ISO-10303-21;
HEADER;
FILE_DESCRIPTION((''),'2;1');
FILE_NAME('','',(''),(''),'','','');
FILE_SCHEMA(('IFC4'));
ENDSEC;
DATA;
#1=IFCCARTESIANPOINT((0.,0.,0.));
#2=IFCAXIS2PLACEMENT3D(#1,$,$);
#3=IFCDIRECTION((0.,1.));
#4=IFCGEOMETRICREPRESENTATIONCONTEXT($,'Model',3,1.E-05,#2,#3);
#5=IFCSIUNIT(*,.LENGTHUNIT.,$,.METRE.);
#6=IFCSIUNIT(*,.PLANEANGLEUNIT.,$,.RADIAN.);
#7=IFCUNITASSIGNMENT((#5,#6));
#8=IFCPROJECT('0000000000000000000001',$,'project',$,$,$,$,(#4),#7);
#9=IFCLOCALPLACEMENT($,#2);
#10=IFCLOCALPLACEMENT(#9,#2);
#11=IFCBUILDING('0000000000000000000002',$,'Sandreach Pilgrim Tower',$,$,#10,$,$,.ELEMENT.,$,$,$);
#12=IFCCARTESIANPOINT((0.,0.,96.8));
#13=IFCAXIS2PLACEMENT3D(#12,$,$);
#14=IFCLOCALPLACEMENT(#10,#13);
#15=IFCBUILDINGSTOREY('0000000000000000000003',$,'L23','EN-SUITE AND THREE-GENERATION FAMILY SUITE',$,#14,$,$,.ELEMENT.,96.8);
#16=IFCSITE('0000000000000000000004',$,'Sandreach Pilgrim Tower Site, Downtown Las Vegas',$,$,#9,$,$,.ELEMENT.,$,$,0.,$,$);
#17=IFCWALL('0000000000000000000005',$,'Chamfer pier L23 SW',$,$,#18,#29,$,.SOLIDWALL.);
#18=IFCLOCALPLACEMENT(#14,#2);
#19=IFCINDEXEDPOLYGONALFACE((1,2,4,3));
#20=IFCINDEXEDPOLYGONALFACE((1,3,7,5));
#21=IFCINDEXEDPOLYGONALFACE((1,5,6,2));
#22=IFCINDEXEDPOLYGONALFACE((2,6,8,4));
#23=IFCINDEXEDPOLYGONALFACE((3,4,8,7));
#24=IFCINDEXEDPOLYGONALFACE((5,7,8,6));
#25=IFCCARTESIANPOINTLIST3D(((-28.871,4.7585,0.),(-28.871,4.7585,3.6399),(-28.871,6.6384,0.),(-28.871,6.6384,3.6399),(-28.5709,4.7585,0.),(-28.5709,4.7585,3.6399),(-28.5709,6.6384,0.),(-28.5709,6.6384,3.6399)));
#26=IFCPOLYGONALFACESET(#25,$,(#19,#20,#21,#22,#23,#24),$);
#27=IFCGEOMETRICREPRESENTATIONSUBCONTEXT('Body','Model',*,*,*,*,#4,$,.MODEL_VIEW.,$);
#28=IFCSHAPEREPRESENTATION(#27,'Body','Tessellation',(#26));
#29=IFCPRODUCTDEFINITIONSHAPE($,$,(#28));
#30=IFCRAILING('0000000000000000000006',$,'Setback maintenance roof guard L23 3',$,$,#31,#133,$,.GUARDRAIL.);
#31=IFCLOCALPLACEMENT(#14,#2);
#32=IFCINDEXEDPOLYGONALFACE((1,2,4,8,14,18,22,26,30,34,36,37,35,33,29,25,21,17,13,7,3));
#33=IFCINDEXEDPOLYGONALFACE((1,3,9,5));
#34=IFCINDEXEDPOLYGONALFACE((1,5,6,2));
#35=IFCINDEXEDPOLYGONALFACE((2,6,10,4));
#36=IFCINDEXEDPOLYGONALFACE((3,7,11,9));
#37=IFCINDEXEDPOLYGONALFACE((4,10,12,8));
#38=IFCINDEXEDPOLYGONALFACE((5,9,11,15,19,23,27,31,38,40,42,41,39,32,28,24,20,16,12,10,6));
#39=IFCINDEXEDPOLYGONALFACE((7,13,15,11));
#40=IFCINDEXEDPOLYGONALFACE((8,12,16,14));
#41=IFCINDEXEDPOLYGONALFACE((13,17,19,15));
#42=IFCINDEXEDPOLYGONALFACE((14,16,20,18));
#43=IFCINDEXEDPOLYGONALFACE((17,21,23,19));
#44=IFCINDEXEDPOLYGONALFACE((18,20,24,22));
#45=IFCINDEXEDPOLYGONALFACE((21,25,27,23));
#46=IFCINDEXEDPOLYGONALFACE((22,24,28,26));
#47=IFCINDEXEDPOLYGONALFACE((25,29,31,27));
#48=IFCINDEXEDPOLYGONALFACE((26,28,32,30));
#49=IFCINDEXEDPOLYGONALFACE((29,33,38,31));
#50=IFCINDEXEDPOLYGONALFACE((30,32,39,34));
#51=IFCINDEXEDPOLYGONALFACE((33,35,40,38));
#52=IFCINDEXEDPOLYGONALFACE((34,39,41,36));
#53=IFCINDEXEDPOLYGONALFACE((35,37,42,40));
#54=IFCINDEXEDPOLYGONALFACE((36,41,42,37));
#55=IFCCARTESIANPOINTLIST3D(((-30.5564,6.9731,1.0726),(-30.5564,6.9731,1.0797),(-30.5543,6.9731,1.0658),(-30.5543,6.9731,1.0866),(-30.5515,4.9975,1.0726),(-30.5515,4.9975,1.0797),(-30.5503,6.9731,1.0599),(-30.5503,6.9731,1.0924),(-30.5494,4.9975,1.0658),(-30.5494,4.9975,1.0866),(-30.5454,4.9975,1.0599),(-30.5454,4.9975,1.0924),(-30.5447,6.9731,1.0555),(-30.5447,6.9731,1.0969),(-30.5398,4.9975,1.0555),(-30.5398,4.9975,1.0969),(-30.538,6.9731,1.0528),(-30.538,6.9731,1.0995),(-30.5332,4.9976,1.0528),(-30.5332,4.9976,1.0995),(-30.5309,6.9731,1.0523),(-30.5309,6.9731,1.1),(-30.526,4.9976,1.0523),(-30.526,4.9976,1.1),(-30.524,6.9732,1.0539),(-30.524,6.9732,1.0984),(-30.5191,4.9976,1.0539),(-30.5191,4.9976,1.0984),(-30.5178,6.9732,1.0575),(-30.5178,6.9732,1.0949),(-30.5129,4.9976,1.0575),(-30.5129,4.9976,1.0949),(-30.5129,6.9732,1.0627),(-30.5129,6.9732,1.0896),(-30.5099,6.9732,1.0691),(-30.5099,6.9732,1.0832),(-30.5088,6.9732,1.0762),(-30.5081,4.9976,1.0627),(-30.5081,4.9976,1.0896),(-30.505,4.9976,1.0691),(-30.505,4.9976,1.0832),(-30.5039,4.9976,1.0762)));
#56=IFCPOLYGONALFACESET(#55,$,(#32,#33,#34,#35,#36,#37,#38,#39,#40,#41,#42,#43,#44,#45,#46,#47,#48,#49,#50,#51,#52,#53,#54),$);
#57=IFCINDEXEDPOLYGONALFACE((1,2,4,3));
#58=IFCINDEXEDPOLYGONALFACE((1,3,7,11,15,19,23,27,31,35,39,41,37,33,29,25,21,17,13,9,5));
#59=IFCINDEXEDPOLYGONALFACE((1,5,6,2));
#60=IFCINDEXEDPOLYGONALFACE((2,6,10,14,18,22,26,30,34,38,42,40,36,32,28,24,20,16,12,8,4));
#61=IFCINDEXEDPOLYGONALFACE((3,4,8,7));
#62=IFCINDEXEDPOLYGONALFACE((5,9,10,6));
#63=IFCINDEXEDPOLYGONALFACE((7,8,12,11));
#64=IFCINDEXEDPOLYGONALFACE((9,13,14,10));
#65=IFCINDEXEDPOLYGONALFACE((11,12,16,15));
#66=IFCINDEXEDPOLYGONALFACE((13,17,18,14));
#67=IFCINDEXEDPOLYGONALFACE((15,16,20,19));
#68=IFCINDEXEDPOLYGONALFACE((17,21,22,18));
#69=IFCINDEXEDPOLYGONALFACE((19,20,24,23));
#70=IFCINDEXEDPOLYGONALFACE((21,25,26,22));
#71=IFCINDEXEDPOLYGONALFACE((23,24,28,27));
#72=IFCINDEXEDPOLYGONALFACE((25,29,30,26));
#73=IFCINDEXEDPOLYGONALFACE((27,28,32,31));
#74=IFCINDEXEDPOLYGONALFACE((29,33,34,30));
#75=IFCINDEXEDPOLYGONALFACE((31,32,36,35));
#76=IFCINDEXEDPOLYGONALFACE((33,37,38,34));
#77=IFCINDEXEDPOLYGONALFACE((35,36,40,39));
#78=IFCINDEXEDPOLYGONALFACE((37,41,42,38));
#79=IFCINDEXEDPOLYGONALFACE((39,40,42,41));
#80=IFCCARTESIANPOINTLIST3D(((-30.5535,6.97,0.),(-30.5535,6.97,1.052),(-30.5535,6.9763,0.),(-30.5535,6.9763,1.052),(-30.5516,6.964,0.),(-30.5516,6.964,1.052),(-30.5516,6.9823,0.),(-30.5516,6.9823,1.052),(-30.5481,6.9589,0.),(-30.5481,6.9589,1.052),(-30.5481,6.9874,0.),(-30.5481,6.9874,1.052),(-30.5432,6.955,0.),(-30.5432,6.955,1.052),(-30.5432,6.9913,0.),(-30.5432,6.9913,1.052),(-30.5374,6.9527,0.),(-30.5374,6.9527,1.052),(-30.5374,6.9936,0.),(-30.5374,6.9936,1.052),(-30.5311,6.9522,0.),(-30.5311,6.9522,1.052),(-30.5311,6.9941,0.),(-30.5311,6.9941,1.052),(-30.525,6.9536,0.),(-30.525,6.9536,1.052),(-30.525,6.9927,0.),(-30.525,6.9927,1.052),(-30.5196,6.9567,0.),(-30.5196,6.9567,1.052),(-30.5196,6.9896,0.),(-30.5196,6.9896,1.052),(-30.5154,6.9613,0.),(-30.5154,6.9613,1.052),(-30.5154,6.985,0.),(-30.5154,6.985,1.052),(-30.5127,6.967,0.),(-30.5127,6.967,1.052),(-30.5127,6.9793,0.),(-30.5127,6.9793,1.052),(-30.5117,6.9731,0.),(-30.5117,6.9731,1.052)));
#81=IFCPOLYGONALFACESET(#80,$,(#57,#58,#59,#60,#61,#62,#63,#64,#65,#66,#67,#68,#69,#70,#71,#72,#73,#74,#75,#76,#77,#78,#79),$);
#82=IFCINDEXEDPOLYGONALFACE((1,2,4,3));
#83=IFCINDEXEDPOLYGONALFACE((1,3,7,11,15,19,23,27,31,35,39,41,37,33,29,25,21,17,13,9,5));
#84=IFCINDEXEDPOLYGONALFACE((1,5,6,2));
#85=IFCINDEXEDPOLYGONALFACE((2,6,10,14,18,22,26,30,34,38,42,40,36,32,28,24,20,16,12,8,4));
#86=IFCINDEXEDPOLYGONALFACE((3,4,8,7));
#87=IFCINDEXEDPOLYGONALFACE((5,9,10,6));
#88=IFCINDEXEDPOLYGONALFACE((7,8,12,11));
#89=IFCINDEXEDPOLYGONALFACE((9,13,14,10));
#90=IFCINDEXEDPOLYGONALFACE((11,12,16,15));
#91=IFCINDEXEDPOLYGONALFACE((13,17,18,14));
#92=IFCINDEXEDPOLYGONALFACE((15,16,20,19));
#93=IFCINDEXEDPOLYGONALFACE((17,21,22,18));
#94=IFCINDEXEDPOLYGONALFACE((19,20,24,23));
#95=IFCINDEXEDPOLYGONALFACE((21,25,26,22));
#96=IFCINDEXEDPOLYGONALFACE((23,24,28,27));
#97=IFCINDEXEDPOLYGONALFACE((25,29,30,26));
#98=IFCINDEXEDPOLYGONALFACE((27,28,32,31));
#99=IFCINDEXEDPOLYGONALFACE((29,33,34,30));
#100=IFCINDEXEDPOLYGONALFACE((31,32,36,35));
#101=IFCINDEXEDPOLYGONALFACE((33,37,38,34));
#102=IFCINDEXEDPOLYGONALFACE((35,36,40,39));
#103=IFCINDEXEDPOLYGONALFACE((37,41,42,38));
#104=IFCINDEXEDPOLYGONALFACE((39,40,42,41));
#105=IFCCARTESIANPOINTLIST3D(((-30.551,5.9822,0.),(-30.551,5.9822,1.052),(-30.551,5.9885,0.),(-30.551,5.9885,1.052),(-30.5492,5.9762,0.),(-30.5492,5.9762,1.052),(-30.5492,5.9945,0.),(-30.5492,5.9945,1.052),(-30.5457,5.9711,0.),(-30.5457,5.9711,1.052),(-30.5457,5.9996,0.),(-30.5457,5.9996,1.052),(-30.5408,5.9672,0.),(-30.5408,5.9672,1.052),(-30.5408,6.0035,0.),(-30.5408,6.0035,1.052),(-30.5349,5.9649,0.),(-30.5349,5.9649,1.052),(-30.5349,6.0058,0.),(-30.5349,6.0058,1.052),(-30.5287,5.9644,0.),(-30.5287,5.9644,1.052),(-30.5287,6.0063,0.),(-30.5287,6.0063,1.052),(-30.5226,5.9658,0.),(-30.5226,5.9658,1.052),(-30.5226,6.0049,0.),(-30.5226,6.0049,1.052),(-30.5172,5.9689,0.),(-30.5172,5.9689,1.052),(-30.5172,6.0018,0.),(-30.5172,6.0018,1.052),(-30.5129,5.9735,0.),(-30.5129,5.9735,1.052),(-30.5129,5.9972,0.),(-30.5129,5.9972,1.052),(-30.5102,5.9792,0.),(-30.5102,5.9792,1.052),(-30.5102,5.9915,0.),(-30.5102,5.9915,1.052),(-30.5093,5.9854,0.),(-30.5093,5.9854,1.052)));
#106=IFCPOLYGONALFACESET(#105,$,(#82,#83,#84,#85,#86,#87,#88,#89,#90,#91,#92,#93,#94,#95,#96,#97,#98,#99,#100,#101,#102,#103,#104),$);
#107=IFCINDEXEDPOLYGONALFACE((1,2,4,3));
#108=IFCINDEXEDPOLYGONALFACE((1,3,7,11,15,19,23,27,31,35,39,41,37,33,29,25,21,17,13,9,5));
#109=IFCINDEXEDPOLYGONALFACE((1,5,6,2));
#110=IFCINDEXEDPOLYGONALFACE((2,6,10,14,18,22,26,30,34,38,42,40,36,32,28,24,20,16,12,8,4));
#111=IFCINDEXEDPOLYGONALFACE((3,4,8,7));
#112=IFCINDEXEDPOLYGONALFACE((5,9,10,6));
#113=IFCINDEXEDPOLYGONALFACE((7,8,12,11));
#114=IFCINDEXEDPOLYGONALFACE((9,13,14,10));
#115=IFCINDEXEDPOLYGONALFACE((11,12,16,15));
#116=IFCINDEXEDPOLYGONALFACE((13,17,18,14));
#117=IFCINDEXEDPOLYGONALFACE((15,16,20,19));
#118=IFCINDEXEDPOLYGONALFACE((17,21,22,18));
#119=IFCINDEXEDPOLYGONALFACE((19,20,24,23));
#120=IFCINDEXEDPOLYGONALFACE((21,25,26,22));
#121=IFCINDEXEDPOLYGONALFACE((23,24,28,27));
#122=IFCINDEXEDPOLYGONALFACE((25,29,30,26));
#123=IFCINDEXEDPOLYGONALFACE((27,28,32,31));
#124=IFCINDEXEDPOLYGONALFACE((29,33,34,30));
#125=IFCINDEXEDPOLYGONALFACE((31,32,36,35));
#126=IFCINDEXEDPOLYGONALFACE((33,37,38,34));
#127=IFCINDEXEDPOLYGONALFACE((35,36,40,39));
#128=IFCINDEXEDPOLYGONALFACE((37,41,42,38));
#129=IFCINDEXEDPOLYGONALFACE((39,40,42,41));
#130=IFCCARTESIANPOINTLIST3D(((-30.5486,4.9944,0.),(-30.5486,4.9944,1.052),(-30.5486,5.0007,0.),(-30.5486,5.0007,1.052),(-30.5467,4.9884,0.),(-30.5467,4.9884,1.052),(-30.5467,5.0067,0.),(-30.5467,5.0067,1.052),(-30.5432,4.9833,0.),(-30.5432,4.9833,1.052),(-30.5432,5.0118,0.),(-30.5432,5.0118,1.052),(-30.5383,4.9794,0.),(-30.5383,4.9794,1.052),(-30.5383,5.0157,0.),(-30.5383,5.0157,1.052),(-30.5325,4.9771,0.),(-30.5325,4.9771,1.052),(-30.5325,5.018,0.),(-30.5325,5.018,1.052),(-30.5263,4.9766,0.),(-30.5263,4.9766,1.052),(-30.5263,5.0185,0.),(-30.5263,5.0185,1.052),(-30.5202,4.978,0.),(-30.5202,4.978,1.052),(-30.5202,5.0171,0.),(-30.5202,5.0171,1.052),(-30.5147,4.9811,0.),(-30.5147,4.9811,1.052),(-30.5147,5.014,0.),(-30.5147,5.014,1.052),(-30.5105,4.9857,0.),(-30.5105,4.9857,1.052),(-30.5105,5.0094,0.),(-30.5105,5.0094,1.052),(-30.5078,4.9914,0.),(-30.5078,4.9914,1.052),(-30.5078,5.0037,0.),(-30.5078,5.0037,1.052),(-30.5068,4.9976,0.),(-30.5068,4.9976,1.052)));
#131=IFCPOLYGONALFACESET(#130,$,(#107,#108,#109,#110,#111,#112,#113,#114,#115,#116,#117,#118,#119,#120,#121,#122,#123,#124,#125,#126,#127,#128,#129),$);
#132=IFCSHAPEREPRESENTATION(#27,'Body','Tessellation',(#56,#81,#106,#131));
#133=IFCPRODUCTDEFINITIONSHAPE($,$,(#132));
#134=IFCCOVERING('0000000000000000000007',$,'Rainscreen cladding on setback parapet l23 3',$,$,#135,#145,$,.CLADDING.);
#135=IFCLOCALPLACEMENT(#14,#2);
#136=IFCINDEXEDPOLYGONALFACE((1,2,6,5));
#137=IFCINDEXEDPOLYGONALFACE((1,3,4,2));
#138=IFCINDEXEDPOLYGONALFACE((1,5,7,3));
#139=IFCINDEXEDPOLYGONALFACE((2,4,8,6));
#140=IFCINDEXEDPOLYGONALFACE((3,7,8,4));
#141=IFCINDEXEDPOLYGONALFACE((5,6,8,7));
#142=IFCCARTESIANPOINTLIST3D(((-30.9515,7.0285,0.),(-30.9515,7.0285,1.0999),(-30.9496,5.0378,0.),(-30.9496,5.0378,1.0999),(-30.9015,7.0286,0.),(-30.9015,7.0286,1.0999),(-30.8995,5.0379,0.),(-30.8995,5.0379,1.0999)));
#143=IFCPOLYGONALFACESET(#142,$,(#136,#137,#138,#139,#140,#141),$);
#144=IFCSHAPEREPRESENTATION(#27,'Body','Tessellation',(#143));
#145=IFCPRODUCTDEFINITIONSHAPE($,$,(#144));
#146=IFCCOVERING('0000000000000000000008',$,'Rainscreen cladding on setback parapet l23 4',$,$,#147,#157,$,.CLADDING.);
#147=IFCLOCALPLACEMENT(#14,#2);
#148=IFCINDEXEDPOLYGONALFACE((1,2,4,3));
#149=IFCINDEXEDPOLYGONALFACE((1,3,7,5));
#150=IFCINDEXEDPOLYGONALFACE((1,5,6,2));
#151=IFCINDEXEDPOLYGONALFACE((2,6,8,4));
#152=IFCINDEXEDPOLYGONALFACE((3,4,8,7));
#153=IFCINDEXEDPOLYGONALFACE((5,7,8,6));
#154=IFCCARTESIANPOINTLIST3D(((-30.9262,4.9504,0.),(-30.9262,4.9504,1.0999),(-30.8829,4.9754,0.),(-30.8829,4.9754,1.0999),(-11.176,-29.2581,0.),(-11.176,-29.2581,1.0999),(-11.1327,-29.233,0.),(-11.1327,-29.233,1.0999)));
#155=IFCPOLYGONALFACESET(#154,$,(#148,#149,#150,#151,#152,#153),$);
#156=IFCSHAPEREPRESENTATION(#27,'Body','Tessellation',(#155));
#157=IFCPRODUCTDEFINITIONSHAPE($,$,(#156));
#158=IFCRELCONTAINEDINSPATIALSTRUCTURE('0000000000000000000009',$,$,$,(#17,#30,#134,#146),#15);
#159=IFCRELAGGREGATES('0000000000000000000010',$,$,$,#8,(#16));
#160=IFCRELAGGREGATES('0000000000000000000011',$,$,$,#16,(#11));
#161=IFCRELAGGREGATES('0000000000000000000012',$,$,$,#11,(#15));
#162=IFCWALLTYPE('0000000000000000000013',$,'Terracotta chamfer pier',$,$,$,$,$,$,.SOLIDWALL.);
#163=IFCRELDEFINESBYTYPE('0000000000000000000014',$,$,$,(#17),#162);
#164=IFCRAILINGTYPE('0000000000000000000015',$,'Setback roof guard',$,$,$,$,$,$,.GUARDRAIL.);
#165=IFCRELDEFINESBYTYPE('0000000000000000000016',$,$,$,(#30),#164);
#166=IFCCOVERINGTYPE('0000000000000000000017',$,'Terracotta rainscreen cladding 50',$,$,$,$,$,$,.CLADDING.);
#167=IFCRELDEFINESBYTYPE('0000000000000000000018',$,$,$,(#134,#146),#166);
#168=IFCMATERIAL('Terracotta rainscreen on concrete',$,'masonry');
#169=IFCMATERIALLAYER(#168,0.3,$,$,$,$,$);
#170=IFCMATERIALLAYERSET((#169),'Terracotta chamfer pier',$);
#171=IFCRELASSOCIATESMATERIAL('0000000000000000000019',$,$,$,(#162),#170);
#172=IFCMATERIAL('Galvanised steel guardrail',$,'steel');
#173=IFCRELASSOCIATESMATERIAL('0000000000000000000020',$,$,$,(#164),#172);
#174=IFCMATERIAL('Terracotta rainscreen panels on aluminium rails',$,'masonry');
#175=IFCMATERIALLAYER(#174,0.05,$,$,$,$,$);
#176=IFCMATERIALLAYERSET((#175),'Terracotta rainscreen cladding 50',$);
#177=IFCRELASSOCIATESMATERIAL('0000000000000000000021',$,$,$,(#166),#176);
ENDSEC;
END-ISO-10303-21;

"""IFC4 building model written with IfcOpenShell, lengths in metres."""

from ifc_helpers import new_model, si_unit, direction, frame, frame_2d, origin, origin_2d, place, context, subcontext, project, spatial, rectangle, circle, extrude, material, layer, layer_set, type_object, element, save


model = new_model("IFC4")

# Units and contexts
model_context = context("Model", 3, precision=1e-05, world=origin(), true_north=direction((0.0, 1.0)))
body_context = subcontext(model_context, "Body", "Model", "MODEL_VIEW")
ifc_project = project(units=[si_unit("LENGTHUNIT", "METRE"), si_unit("PLANEANGLEUNIT", "RADIAN")], contexts=[model_context])

# Site, building, storey
site_placement = place(None, origin())
site = spatial("IfcSite", under=ifc_project, at=site_placement, Name="Sandreach Pilgrim Tower Site, Downtown Las Vegas", CompositionType="ELEMENT", RefElevation=0.0)
building_placement = place(site_placement, origin())
building = spatial("IfcBuilding", under=site, at=building_placement, Name="Sandreach Pilgrim Tower", CompositionType="ELEMENT")
storey_placement = place(building_placement, frame((0.0, 0.0, 96.8)))
storey = spatial("IfcBuildingStorey", under=building, at=storey_placement, Name="L23", Description="EN-SUITE AND THREE-GENERATION FAMILY SUITE", CompositionType="ELEMENT", Elevation=96.8)

# Wall
ifc_material_1 = material(Name="Terracotta rainscreen on concrete", Category="masonry")
ifc_layer_1 = layer(ifc_material_1, 0.3)
ifc_layer_set_1 = layer_set([ifc_layer_1], Name="Terracotta chamfer pier")
wall_type_1 = type_object("IfcWallType", Name="Terracotta chamfer pier", PredefinedType="SOLIDWALL", material=ifc_layer_set_1)
wall_1_placement = place(storey_placement, frame((-28.7209, 4.7585, 0.0), z_axis=(0.0, 0.0, 1.0), x_axis=(0.0, 1.0, 0.0)))
element("IfcWall", 1, at=wall_1_placement, inside=storey, type_object=wall_type_1, Name="Chamfer pier L23 SW", PredefinedType="SOLIDWALL", context=body_context, shape_type="SweptSolid", body=[
    extrude(rectangle(XDim=1.8799, YDim=0.3, at=frame_2d((0.9399, 0.0))), origin(), (0.0, 0.0, 1.0), 3.6399),
])

# Railing
ifc_material_2 = material(Name="Galvanised steel guardrail", Category="steel")
railing_type = type_object("IfcRailingType", Name="Setback roof guard", PredefinedType="GUARDRAIL", material=ifc_material_2)
railing_1_placement = place(storey_placement, frame((-30.5327, 6.9731, 0.0)))
element("IfcRailing", 2, at=railing_1_placement, inside=storey, type_object=railing_type, Name="Setback maintenance roof guard L23 3", PredefinedType="GUARDRAIL", context=body_context, shape_type="SweptSolid", body=[
    extrude(circle(Radius=0.0239, at=origin_2d()), frame((0.0, 0.0, 1.0762), z_axis=(0.002472, -0.999997, 0.0), x_axis=(0.999997, 0.002472, 0.0)), (0.0, 0.0, 1.0), 1.9756),
    extrude(circle(Radius=0.021, at=origin_2d()), origin(), (0.0, 0.0, 1.0), 1.052),
    extrude(circle(Radius=0.021, at=origin_2d()), frame((0.0024, -0.9878, 0.0)), (0.0, 0.0, 1.0), 1.052),
    extrude(circle(Radius=0.021, at=origin_2d()), frame((0.0049, -1.9756, 0.0)), (0.0, 0.0, 1.0), 1.052),
])

# Coverings
ifc_material_3 = material(Name="Terracotta rainscreen panels on aluminium rails", Category="masonry")
ifc_layer_2 = layer(ifc_material_3, 0.05)
ifc_layer_set_2 = layer_set([ifc_layer_2], Name="Terracotta rainscreen cladding 50")
covering_type = type_object("IfcCoveringType", Name="Terracotta rainscreen cladding 50", PredefinedType="CLADDING", material=ifc_layer_set_2)
covering_1_placement = place(storey_placement, frame((-30.9265, 7.0286, 0.0), z_axis=(0.0, 0.0, 1.0), x_axis=(0.000981, -1.0, 0.0)))
element("IfcCovering", 3, at=covering_1_placement, inside=storey, type_object=covering_type, Name="Rainscreen cladding on setback parapet l23 3", PredefinedType="CLADDING", context=body_context, shape_type="SweptSolid", body=[
    extrude(rectangle(XDim=1.9907, YDim=0.05, at=frame_2d((0.9954, 0.0))), origin(), (0.0, 0.0, 1.0), 1.0999),
])
covering_2_placement = place(storey_placement, frame((-30.9045, 4.9629, 0.0), z_axis=(0.0, 0.0, 1.0), x_axis=(0.499999, -0.866026, 0.0)))
element("IfcCovering", 4, at=covering_2_placement, inside=storey, type_object=covering_type, Name="Rainscreen cladding on setback parapet l23 4", PredefinedType="CLADDING", context=body_context, shape_type="SweptSolid", body=[
    extrude(rectangle(XDim=39.5005, YDim=0.05, at=frame_2d((19.7502, 0.0))), origin(), (0.0, 0.0, 1.0), 1.0999),
])

save(model, "model.ifc")
